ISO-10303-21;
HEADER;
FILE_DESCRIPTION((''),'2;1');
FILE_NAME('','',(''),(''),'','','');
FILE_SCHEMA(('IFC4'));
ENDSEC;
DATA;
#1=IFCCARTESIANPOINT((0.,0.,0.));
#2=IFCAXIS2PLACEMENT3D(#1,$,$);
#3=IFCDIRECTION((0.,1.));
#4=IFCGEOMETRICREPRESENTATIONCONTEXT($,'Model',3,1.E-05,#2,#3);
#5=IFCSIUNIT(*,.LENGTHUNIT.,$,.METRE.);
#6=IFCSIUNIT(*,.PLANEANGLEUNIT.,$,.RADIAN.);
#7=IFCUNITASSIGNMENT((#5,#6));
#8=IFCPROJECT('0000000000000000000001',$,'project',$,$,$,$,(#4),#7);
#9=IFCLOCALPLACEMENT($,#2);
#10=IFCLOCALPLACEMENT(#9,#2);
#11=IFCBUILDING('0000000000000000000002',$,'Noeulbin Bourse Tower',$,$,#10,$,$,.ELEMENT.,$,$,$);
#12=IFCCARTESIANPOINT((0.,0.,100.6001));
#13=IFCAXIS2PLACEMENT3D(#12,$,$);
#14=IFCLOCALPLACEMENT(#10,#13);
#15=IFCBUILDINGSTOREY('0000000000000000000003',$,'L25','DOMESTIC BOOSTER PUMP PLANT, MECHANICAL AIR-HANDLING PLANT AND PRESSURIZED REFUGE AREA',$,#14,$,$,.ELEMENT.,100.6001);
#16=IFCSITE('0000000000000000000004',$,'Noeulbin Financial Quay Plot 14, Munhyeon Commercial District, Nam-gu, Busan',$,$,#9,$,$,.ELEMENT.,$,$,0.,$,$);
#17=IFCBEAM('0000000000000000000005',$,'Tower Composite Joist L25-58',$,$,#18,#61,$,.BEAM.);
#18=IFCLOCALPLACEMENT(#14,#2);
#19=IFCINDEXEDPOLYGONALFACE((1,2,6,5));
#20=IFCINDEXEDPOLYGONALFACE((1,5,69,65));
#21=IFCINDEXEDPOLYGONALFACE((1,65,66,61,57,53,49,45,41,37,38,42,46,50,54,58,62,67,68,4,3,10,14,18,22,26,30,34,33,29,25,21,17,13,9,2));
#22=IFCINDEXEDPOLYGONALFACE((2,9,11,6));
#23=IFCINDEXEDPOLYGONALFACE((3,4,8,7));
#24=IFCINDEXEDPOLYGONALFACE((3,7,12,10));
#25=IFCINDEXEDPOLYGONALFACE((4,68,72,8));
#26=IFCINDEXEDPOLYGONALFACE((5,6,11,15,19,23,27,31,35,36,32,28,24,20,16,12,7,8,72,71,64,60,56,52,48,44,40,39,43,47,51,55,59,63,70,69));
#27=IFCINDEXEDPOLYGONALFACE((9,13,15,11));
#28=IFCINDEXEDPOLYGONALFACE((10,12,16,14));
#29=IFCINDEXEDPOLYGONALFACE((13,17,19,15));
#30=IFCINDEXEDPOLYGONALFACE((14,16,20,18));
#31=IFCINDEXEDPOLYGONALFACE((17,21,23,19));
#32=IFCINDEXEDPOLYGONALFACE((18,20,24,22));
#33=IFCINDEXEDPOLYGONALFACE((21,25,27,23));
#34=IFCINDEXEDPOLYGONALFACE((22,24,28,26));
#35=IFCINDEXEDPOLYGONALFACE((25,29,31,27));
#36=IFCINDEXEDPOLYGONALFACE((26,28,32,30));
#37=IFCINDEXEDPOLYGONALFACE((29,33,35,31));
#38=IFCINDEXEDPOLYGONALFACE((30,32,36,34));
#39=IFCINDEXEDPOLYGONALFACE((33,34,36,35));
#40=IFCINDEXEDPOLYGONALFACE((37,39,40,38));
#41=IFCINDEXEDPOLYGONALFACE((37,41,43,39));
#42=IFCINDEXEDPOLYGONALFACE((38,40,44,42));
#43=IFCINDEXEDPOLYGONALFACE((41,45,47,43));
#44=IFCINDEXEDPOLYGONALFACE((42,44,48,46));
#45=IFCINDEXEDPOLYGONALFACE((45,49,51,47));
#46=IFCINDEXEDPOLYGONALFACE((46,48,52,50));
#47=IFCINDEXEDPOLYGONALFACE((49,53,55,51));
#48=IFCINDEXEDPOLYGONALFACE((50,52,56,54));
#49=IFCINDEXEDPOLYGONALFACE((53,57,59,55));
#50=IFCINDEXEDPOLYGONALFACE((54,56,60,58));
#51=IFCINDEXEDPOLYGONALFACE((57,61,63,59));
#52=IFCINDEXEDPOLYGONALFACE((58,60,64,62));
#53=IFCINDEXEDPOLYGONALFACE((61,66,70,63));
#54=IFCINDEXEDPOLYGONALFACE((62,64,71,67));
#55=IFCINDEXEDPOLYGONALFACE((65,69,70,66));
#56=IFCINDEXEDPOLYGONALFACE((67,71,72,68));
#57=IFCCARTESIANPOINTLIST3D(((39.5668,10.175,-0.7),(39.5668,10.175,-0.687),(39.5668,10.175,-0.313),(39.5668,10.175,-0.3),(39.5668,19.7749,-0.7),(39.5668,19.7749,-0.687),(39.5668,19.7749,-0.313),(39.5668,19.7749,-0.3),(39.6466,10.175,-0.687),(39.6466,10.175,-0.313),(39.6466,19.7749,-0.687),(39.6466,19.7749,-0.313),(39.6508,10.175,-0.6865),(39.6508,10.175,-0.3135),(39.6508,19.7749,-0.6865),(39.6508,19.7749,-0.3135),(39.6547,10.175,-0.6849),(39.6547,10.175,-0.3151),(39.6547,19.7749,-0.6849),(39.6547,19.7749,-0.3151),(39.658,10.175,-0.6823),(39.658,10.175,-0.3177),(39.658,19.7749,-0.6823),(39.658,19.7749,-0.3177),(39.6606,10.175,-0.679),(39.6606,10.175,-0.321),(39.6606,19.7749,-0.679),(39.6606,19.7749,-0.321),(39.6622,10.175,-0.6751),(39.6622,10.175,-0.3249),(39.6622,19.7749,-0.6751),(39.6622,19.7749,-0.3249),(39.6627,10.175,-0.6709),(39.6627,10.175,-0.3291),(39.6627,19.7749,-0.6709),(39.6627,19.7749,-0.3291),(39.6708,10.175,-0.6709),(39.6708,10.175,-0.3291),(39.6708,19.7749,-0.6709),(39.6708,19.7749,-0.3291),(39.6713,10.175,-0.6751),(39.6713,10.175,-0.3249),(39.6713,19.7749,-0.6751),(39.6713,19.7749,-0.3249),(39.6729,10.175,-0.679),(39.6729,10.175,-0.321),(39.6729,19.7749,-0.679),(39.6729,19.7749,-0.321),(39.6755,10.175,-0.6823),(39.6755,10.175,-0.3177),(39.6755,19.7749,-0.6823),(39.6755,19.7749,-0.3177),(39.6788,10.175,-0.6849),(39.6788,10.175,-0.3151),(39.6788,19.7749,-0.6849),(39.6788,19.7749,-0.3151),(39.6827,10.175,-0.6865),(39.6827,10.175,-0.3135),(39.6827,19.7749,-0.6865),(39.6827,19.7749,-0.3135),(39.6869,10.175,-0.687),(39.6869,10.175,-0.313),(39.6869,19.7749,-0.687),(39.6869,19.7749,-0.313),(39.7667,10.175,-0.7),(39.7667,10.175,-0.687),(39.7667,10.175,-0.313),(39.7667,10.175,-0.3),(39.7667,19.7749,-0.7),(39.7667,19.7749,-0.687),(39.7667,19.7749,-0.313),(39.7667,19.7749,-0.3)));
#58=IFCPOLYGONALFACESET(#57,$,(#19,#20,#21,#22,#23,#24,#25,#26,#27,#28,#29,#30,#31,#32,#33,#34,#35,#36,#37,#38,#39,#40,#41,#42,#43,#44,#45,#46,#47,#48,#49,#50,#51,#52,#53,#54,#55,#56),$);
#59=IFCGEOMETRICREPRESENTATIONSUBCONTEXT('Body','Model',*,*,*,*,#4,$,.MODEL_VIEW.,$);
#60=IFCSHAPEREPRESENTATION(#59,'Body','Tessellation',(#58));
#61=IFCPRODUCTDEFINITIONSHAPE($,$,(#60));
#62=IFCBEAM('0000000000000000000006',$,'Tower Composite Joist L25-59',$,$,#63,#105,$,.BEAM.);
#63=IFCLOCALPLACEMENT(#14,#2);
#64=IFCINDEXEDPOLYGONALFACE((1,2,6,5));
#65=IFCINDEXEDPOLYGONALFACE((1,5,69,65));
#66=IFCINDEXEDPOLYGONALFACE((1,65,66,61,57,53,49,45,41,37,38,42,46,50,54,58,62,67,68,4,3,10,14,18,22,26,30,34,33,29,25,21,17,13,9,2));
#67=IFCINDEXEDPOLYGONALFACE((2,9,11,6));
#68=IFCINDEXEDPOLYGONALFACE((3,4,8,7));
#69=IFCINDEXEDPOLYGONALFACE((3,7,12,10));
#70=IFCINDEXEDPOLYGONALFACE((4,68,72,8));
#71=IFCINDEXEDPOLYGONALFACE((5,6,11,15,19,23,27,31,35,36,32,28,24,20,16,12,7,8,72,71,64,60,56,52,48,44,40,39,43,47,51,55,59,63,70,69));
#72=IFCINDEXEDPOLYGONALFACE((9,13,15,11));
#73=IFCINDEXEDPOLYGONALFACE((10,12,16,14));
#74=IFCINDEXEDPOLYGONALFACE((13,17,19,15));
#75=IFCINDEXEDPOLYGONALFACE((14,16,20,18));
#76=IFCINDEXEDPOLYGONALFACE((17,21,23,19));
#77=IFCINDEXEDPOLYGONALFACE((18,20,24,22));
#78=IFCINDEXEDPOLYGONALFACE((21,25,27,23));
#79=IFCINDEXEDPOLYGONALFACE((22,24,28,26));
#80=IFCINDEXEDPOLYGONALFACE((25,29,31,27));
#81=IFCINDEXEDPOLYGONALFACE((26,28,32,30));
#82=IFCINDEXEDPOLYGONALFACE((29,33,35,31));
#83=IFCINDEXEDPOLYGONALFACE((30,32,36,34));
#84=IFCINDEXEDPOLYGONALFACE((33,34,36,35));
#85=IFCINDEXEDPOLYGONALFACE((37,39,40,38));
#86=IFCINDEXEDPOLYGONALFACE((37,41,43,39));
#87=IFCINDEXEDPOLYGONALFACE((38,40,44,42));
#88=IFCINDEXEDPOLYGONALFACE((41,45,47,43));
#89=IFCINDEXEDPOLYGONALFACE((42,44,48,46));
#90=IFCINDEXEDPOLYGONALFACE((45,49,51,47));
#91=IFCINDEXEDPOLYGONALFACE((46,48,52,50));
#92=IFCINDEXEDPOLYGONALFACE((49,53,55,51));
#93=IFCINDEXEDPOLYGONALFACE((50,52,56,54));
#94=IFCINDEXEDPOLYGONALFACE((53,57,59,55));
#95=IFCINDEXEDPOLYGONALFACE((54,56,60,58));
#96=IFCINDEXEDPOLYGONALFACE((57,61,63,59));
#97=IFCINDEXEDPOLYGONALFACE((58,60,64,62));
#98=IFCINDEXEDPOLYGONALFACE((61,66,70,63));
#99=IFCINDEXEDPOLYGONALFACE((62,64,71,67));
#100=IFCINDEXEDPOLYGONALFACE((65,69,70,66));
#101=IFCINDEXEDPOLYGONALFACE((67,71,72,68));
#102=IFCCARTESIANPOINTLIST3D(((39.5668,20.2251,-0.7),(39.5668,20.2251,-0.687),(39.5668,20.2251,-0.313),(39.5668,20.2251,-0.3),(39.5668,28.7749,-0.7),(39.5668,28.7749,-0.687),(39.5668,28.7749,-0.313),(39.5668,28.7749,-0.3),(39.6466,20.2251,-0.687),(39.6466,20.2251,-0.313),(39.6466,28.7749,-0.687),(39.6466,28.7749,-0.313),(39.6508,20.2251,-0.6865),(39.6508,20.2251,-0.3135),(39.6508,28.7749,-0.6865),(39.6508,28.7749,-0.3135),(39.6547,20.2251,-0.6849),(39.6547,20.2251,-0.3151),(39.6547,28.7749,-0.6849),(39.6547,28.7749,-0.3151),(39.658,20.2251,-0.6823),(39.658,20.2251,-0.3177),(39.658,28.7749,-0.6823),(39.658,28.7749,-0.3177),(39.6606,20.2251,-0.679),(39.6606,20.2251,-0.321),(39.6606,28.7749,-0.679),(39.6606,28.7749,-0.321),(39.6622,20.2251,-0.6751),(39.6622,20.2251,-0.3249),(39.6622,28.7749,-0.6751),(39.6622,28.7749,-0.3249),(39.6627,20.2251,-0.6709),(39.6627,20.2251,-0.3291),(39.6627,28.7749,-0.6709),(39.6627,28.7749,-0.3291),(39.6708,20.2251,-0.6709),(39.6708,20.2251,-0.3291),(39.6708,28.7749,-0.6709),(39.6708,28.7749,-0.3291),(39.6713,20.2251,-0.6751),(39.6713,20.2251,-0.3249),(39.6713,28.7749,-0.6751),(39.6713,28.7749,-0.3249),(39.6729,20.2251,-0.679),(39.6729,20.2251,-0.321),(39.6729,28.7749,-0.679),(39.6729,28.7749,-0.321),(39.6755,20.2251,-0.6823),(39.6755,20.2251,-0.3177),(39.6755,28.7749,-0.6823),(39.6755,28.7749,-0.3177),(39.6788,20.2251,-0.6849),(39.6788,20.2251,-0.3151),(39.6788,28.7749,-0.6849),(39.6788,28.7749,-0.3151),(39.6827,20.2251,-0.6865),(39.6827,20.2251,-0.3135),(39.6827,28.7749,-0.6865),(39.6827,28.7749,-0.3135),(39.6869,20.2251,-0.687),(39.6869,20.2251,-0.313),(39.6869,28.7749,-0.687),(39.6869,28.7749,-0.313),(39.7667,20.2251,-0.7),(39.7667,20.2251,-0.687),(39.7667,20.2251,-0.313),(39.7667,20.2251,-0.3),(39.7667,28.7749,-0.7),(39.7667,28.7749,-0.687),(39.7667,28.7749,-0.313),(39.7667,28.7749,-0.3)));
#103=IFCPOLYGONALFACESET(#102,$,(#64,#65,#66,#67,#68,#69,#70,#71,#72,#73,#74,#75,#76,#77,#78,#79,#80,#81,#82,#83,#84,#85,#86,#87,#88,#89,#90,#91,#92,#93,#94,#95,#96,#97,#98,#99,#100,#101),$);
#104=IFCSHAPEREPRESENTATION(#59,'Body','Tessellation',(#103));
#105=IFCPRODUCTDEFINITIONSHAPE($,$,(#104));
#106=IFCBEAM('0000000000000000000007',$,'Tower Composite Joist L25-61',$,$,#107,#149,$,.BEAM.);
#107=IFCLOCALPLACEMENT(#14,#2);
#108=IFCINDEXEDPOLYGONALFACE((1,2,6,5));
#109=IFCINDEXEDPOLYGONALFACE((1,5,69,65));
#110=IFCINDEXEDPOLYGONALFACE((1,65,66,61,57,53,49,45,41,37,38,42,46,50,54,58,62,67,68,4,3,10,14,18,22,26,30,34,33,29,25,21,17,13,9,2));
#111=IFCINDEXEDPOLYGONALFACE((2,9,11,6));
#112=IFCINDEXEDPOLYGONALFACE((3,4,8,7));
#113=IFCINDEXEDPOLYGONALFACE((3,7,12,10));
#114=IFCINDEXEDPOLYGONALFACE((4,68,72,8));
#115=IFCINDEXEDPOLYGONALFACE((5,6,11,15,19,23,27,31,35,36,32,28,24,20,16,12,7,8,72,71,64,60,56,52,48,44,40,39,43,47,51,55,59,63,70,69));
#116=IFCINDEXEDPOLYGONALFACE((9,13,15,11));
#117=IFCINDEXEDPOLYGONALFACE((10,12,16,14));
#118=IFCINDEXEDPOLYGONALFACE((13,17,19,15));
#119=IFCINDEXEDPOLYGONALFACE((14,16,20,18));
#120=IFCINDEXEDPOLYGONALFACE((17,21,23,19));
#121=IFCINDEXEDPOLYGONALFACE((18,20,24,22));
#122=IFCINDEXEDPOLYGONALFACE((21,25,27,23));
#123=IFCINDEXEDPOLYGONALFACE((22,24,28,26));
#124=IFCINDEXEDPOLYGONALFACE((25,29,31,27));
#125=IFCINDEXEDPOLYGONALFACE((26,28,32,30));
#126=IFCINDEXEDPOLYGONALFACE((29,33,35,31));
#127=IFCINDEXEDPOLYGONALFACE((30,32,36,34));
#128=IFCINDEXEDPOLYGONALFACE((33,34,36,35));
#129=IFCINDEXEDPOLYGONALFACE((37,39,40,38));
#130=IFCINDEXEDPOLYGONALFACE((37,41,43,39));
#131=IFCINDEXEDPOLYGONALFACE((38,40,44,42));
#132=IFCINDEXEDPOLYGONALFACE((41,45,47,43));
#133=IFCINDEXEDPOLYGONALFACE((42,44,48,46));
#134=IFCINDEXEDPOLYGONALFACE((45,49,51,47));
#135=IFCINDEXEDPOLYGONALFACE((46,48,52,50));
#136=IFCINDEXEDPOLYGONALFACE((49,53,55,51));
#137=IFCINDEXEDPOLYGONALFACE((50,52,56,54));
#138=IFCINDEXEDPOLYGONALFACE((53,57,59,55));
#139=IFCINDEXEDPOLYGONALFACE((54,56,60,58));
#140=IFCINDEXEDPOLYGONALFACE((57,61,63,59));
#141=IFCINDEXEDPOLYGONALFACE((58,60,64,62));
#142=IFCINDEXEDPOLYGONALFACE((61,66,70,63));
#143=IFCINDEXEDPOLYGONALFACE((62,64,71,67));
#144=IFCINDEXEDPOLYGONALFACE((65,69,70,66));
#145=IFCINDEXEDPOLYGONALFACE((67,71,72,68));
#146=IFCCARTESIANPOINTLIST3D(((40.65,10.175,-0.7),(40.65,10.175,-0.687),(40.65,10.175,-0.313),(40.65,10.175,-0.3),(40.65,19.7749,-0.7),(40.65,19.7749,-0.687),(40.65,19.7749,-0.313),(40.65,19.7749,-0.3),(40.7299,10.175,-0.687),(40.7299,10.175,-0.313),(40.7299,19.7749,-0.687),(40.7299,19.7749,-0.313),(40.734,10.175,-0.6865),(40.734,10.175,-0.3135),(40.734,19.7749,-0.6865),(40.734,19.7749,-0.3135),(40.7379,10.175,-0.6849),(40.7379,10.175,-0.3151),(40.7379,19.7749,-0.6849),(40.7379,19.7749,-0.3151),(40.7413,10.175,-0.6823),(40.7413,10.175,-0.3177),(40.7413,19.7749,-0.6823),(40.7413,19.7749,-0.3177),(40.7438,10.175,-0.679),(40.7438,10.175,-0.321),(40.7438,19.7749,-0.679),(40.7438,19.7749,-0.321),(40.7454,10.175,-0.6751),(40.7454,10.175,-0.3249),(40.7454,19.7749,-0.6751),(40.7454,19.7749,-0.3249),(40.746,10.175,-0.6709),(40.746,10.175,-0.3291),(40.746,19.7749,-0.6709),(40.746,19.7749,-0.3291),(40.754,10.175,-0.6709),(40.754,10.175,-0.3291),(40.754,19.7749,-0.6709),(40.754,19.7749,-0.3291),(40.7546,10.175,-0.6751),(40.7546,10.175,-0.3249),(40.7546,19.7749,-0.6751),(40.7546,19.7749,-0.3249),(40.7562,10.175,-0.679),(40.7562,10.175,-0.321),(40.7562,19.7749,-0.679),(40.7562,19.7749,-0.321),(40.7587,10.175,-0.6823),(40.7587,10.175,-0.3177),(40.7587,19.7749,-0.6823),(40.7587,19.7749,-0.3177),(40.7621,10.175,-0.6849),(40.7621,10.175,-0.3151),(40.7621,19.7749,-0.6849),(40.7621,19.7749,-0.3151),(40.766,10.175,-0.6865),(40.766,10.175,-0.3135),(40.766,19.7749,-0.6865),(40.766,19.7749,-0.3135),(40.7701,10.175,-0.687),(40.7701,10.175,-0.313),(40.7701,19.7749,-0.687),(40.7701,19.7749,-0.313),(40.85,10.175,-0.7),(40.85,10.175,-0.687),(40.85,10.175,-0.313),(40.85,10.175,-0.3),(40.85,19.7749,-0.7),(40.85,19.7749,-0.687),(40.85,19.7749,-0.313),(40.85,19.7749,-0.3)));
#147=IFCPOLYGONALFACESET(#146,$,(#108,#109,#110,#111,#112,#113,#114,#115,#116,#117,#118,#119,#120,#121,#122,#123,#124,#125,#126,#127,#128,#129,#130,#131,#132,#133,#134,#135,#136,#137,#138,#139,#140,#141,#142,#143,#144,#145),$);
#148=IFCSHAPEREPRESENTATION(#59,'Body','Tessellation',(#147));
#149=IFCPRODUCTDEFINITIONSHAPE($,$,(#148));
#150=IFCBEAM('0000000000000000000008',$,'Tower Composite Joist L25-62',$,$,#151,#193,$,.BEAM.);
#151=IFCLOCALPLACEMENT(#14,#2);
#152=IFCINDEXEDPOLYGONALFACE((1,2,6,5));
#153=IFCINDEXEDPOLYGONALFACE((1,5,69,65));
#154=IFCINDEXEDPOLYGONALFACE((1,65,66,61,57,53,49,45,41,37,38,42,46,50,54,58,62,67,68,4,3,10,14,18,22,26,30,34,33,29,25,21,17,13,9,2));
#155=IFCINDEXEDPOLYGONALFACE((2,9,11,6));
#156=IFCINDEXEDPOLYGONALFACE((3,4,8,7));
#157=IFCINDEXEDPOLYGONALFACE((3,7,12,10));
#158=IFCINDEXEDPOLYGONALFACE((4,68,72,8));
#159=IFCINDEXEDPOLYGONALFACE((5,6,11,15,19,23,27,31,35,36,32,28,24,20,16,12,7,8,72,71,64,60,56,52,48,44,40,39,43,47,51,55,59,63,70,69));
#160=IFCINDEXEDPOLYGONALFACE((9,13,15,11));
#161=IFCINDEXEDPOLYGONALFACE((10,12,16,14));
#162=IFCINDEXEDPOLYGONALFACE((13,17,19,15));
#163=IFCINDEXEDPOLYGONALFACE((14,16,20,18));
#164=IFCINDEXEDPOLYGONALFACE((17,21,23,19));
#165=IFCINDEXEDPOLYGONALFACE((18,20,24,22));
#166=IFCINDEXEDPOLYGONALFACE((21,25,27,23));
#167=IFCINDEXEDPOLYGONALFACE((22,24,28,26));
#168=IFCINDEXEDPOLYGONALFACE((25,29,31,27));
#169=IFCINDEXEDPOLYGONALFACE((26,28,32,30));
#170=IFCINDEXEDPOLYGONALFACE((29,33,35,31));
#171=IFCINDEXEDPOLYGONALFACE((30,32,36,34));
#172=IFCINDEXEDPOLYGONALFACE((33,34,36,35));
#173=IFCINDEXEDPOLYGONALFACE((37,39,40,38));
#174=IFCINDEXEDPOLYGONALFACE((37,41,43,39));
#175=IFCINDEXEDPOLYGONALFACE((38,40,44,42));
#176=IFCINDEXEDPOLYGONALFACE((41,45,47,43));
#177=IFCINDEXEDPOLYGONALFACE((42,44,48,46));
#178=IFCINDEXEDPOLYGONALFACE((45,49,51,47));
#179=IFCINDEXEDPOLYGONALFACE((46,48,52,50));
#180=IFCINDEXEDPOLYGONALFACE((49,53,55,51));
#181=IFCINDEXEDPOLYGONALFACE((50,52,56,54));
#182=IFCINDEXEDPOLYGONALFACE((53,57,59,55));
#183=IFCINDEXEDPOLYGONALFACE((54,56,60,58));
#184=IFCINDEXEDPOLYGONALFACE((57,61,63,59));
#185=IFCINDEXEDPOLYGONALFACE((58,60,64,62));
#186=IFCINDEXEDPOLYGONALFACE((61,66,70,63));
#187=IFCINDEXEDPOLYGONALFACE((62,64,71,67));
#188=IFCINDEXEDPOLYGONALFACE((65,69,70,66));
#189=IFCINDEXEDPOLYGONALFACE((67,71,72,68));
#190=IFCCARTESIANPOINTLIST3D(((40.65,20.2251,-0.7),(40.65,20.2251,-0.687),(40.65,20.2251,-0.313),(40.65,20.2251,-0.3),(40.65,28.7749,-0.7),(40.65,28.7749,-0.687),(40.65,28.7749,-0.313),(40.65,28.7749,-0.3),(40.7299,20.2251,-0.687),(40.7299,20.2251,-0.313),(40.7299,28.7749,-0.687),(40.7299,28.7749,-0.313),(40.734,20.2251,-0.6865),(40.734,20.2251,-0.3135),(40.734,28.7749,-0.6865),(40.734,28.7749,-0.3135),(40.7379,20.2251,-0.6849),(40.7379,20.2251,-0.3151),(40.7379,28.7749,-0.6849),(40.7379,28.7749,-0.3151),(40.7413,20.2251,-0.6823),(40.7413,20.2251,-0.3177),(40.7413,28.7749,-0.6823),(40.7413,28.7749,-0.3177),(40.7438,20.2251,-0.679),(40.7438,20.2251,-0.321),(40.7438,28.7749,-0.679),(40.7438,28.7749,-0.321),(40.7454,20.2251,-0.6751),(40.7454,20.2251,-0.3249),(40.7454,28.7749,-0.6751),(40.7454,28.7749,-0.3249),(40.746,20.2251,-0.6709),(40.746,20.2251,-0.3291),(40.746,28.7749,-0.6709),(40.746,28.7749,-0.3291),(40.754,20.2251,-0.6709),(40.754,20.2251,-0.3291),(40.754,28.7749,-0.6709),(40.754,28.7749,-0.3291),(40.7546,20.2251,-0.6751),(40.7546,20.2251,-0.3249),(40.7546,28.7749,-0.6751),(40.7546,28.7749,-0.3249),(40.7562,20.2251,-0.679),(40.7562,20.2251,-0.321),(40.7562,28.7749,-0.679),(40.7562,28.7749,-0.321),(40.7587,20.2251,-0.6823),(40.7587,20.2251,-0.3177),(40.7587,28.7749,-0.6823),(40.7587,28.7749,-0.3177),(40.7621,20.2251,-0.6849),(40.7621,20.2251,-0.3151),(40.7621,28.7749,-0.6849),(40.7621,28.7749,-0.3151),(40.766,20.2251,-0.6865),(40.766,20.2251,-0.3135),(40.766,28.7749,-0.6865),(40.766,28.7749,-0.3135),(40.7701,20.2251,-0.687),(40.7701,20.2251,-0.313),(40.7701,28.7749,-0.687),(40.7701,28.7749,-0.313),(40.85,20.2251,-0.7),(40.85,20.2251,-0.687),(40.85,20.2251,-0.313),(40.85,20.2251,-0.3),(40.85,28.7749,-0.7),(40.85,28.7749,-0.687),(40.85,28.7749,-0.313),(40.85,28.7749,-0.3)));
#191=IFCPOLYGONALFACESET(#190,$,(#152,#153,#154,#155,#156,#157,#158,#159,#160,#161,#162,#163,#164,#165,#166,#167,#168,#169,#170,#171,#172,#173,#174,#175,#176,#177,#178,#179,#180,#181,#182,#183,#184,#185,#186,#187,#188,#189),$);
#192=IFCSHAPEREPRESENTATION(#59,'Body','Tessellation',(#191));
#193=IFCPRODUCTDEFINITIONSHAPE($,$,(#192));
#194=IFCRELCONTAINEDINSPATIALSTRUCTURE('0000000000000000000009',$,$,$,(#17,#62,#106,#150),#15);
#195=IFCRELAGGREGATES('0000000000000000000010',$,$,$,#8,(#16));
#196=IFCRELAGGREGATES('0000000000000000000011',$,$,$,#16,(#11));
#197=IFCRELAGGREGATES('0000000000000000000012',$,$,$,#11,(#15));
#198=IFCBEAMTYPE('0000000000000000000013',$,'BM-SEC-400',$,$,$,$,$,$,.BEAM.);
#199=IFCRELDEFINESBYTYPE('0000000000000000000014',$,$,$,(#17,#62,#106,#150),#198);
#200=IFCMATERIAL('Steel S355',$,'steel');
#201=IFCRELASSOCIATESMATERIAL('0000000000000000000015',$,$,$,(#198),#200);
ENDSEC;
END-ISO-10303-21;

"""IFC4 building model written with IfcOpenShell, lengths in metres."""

from ifc_helpers import new_model, si_unit, direction, frame, origin, origin_2d, place, context, subcontext, project, spatial, i_section, extrude, material, material_profile, profile_set, type_object, element, save


model = new_model("IFC4")

# Units and contexts
model_context = context("Model", 3, precision=1e-05, world=origin(), true_north=direction((0.0, 1.0)))
body_context = subcontext(model_context, "Body", "Model", "MODEL_VIEW")
ifc_project = project(units=[si_unit("LENGTHUNIT", "METRE"), si_unit("PLANEANGLEUNIT", "RADIAN")], contexts=[model_context])

# Site, building, storey
site_placement = place(None, origin())
site = spatial("IfcSite", under=ifc_project, at=site_placement, Name="Noeulbin Financial Quay Plot 14, Munhyeon Commercial District, Nam-gu, Busan", CompositionType="ELEMENT", RefElevation=0.0)
building_placement = place(site_placement, origin())
building = spatial("IfcBuilding", under=site, at=building_placement, Name="Noeulbin Bourse Tower", CompositionType="ELEMENT")
storey_placement = place(building_placement, frame((0.0, 0.0, 100.6001)))
storey = spatial("IfcBuildingStorey", under=building, at=storey_placement, Name="L25", Description="DOMESTIC BOOSTER PUMP PLANT, MECHANICAL AIR-HANDLING PLANT AND PRESSURIZED REFUGE AREA", CompositionType="ELEMENT", Elevation=100.6001)

# Beams
ifc_material_1 = material(Name="Steel S355", Category="steel")
ifc_material_profile_1 = material_profile(ifc_material_1, i_section(OverallWidth=0.2, OverallDepth=0.3999, WebThickness=0.0081, FlangeThickness=0.0129, FilletRadius=0.0161, at=origin_2d()), Name="H-400x200x8x13", Category="LoadBearing")
ifc_profile_set_1 = profile_set([ifc_material_profile_1], Name="Steel S355")
beam_type_1 = type_object("IfcBeamType", Name="BM-SEC-400", PredefinedType="BEAM", material=ifc_profile_set_1)
beam_1_placement = place(storey_placement, frame((39.6667, 10.175, -0.5), z_axis=(0.0, 1.0, 0.0), x_axis=(-1.0, 0.0, 0.0)))
element("IfcBeam", 1, at=beam_1_placement, inside=storey, type_object=beam_type_1, Name="Tower Composite Joist L25-58", PredefinedType="BEAM", context=body_context, shape_type="SweptSolid", body=[
    extrude(i_section(OverallWidth=0.2, OverallDepth=0.3999, WebThickness=0.0081, FlangeThickness=0.0129, FilletRadius=0.0161, at=origin_2d()), origin(), (0.0, 0.0, 1.0), 9.5999),
])
beam_2_placement = place(storey_placement, frame((39.6667, 20.2251, -0.5), z_axis=(0.0, 1.0, 0.0), x_axis=(-1.0, 0.0, 0.0)))
element("IfcBeam", 2, at=beam_2_placement, inside=storey, type_object=beam_type_1, Name="Tower Composite Joist L25-59", PredefinedType="BEAM", context=body_context, shape_type="SweptSolid", body=[
    extrude(i_section(OverallWidth=0.2, OverallDepth=0.3999, WebThickness=0.0081, FlangeThickness=0.0129, FilletRadius=0.0161, at=origin_2d()), origin(), (0.0, 0.0, 1.0), 8.5498),
])
beam_3_placement = place(storey_placement, frame((40.75, 10.175, -0.5), z_axis=(0.0, 1.0, 0.0), x_axis=(-1.0, 0.0, 0.0)))
element("IfcBeam", 3, at=beam_3_placement, inside=storey, type_object=beam_type_1, Name="Tower Composite Joist L25-61", PredefinedType="BEAM", context=body_context, shape_type="SweptSolid", body=[
    extrude(i_section(OverallWidth=0.2, OverallDepth=0.3999, WebThickness=0.0081, FlangeThickness=0.0129, FilletRadius=0.0161, at=origin_2d()), origin(), (0.0, 0.0, 1.0), 9.5999),
])
beam_4_placement = place(storey_placement, frame((40.75, 20.2251, -0.5), z_axis=(0.0, 1.0, 0.0), x_axis=(-1.0, 0.0, 0.0)))
element("IfcBeam", 4, at=beam_4_placement, inside=storey, type_object=beam_type_1, Name="Tower Composite Joist L25-62", PredefinedType="BEAM", context=body_context, shape_type="SweptSolid", body=[
    extrude(i_section(OverallWidth=0.2, OverallDepth=0.3999, WebThickness=0.0081, FlangeThickness=0.0129, FilletRadius=0.0161, at=origin_2d()), origin(), (0.0, 0.0, 1.0), 8.5498),
])

save(model, "model.ifc")
